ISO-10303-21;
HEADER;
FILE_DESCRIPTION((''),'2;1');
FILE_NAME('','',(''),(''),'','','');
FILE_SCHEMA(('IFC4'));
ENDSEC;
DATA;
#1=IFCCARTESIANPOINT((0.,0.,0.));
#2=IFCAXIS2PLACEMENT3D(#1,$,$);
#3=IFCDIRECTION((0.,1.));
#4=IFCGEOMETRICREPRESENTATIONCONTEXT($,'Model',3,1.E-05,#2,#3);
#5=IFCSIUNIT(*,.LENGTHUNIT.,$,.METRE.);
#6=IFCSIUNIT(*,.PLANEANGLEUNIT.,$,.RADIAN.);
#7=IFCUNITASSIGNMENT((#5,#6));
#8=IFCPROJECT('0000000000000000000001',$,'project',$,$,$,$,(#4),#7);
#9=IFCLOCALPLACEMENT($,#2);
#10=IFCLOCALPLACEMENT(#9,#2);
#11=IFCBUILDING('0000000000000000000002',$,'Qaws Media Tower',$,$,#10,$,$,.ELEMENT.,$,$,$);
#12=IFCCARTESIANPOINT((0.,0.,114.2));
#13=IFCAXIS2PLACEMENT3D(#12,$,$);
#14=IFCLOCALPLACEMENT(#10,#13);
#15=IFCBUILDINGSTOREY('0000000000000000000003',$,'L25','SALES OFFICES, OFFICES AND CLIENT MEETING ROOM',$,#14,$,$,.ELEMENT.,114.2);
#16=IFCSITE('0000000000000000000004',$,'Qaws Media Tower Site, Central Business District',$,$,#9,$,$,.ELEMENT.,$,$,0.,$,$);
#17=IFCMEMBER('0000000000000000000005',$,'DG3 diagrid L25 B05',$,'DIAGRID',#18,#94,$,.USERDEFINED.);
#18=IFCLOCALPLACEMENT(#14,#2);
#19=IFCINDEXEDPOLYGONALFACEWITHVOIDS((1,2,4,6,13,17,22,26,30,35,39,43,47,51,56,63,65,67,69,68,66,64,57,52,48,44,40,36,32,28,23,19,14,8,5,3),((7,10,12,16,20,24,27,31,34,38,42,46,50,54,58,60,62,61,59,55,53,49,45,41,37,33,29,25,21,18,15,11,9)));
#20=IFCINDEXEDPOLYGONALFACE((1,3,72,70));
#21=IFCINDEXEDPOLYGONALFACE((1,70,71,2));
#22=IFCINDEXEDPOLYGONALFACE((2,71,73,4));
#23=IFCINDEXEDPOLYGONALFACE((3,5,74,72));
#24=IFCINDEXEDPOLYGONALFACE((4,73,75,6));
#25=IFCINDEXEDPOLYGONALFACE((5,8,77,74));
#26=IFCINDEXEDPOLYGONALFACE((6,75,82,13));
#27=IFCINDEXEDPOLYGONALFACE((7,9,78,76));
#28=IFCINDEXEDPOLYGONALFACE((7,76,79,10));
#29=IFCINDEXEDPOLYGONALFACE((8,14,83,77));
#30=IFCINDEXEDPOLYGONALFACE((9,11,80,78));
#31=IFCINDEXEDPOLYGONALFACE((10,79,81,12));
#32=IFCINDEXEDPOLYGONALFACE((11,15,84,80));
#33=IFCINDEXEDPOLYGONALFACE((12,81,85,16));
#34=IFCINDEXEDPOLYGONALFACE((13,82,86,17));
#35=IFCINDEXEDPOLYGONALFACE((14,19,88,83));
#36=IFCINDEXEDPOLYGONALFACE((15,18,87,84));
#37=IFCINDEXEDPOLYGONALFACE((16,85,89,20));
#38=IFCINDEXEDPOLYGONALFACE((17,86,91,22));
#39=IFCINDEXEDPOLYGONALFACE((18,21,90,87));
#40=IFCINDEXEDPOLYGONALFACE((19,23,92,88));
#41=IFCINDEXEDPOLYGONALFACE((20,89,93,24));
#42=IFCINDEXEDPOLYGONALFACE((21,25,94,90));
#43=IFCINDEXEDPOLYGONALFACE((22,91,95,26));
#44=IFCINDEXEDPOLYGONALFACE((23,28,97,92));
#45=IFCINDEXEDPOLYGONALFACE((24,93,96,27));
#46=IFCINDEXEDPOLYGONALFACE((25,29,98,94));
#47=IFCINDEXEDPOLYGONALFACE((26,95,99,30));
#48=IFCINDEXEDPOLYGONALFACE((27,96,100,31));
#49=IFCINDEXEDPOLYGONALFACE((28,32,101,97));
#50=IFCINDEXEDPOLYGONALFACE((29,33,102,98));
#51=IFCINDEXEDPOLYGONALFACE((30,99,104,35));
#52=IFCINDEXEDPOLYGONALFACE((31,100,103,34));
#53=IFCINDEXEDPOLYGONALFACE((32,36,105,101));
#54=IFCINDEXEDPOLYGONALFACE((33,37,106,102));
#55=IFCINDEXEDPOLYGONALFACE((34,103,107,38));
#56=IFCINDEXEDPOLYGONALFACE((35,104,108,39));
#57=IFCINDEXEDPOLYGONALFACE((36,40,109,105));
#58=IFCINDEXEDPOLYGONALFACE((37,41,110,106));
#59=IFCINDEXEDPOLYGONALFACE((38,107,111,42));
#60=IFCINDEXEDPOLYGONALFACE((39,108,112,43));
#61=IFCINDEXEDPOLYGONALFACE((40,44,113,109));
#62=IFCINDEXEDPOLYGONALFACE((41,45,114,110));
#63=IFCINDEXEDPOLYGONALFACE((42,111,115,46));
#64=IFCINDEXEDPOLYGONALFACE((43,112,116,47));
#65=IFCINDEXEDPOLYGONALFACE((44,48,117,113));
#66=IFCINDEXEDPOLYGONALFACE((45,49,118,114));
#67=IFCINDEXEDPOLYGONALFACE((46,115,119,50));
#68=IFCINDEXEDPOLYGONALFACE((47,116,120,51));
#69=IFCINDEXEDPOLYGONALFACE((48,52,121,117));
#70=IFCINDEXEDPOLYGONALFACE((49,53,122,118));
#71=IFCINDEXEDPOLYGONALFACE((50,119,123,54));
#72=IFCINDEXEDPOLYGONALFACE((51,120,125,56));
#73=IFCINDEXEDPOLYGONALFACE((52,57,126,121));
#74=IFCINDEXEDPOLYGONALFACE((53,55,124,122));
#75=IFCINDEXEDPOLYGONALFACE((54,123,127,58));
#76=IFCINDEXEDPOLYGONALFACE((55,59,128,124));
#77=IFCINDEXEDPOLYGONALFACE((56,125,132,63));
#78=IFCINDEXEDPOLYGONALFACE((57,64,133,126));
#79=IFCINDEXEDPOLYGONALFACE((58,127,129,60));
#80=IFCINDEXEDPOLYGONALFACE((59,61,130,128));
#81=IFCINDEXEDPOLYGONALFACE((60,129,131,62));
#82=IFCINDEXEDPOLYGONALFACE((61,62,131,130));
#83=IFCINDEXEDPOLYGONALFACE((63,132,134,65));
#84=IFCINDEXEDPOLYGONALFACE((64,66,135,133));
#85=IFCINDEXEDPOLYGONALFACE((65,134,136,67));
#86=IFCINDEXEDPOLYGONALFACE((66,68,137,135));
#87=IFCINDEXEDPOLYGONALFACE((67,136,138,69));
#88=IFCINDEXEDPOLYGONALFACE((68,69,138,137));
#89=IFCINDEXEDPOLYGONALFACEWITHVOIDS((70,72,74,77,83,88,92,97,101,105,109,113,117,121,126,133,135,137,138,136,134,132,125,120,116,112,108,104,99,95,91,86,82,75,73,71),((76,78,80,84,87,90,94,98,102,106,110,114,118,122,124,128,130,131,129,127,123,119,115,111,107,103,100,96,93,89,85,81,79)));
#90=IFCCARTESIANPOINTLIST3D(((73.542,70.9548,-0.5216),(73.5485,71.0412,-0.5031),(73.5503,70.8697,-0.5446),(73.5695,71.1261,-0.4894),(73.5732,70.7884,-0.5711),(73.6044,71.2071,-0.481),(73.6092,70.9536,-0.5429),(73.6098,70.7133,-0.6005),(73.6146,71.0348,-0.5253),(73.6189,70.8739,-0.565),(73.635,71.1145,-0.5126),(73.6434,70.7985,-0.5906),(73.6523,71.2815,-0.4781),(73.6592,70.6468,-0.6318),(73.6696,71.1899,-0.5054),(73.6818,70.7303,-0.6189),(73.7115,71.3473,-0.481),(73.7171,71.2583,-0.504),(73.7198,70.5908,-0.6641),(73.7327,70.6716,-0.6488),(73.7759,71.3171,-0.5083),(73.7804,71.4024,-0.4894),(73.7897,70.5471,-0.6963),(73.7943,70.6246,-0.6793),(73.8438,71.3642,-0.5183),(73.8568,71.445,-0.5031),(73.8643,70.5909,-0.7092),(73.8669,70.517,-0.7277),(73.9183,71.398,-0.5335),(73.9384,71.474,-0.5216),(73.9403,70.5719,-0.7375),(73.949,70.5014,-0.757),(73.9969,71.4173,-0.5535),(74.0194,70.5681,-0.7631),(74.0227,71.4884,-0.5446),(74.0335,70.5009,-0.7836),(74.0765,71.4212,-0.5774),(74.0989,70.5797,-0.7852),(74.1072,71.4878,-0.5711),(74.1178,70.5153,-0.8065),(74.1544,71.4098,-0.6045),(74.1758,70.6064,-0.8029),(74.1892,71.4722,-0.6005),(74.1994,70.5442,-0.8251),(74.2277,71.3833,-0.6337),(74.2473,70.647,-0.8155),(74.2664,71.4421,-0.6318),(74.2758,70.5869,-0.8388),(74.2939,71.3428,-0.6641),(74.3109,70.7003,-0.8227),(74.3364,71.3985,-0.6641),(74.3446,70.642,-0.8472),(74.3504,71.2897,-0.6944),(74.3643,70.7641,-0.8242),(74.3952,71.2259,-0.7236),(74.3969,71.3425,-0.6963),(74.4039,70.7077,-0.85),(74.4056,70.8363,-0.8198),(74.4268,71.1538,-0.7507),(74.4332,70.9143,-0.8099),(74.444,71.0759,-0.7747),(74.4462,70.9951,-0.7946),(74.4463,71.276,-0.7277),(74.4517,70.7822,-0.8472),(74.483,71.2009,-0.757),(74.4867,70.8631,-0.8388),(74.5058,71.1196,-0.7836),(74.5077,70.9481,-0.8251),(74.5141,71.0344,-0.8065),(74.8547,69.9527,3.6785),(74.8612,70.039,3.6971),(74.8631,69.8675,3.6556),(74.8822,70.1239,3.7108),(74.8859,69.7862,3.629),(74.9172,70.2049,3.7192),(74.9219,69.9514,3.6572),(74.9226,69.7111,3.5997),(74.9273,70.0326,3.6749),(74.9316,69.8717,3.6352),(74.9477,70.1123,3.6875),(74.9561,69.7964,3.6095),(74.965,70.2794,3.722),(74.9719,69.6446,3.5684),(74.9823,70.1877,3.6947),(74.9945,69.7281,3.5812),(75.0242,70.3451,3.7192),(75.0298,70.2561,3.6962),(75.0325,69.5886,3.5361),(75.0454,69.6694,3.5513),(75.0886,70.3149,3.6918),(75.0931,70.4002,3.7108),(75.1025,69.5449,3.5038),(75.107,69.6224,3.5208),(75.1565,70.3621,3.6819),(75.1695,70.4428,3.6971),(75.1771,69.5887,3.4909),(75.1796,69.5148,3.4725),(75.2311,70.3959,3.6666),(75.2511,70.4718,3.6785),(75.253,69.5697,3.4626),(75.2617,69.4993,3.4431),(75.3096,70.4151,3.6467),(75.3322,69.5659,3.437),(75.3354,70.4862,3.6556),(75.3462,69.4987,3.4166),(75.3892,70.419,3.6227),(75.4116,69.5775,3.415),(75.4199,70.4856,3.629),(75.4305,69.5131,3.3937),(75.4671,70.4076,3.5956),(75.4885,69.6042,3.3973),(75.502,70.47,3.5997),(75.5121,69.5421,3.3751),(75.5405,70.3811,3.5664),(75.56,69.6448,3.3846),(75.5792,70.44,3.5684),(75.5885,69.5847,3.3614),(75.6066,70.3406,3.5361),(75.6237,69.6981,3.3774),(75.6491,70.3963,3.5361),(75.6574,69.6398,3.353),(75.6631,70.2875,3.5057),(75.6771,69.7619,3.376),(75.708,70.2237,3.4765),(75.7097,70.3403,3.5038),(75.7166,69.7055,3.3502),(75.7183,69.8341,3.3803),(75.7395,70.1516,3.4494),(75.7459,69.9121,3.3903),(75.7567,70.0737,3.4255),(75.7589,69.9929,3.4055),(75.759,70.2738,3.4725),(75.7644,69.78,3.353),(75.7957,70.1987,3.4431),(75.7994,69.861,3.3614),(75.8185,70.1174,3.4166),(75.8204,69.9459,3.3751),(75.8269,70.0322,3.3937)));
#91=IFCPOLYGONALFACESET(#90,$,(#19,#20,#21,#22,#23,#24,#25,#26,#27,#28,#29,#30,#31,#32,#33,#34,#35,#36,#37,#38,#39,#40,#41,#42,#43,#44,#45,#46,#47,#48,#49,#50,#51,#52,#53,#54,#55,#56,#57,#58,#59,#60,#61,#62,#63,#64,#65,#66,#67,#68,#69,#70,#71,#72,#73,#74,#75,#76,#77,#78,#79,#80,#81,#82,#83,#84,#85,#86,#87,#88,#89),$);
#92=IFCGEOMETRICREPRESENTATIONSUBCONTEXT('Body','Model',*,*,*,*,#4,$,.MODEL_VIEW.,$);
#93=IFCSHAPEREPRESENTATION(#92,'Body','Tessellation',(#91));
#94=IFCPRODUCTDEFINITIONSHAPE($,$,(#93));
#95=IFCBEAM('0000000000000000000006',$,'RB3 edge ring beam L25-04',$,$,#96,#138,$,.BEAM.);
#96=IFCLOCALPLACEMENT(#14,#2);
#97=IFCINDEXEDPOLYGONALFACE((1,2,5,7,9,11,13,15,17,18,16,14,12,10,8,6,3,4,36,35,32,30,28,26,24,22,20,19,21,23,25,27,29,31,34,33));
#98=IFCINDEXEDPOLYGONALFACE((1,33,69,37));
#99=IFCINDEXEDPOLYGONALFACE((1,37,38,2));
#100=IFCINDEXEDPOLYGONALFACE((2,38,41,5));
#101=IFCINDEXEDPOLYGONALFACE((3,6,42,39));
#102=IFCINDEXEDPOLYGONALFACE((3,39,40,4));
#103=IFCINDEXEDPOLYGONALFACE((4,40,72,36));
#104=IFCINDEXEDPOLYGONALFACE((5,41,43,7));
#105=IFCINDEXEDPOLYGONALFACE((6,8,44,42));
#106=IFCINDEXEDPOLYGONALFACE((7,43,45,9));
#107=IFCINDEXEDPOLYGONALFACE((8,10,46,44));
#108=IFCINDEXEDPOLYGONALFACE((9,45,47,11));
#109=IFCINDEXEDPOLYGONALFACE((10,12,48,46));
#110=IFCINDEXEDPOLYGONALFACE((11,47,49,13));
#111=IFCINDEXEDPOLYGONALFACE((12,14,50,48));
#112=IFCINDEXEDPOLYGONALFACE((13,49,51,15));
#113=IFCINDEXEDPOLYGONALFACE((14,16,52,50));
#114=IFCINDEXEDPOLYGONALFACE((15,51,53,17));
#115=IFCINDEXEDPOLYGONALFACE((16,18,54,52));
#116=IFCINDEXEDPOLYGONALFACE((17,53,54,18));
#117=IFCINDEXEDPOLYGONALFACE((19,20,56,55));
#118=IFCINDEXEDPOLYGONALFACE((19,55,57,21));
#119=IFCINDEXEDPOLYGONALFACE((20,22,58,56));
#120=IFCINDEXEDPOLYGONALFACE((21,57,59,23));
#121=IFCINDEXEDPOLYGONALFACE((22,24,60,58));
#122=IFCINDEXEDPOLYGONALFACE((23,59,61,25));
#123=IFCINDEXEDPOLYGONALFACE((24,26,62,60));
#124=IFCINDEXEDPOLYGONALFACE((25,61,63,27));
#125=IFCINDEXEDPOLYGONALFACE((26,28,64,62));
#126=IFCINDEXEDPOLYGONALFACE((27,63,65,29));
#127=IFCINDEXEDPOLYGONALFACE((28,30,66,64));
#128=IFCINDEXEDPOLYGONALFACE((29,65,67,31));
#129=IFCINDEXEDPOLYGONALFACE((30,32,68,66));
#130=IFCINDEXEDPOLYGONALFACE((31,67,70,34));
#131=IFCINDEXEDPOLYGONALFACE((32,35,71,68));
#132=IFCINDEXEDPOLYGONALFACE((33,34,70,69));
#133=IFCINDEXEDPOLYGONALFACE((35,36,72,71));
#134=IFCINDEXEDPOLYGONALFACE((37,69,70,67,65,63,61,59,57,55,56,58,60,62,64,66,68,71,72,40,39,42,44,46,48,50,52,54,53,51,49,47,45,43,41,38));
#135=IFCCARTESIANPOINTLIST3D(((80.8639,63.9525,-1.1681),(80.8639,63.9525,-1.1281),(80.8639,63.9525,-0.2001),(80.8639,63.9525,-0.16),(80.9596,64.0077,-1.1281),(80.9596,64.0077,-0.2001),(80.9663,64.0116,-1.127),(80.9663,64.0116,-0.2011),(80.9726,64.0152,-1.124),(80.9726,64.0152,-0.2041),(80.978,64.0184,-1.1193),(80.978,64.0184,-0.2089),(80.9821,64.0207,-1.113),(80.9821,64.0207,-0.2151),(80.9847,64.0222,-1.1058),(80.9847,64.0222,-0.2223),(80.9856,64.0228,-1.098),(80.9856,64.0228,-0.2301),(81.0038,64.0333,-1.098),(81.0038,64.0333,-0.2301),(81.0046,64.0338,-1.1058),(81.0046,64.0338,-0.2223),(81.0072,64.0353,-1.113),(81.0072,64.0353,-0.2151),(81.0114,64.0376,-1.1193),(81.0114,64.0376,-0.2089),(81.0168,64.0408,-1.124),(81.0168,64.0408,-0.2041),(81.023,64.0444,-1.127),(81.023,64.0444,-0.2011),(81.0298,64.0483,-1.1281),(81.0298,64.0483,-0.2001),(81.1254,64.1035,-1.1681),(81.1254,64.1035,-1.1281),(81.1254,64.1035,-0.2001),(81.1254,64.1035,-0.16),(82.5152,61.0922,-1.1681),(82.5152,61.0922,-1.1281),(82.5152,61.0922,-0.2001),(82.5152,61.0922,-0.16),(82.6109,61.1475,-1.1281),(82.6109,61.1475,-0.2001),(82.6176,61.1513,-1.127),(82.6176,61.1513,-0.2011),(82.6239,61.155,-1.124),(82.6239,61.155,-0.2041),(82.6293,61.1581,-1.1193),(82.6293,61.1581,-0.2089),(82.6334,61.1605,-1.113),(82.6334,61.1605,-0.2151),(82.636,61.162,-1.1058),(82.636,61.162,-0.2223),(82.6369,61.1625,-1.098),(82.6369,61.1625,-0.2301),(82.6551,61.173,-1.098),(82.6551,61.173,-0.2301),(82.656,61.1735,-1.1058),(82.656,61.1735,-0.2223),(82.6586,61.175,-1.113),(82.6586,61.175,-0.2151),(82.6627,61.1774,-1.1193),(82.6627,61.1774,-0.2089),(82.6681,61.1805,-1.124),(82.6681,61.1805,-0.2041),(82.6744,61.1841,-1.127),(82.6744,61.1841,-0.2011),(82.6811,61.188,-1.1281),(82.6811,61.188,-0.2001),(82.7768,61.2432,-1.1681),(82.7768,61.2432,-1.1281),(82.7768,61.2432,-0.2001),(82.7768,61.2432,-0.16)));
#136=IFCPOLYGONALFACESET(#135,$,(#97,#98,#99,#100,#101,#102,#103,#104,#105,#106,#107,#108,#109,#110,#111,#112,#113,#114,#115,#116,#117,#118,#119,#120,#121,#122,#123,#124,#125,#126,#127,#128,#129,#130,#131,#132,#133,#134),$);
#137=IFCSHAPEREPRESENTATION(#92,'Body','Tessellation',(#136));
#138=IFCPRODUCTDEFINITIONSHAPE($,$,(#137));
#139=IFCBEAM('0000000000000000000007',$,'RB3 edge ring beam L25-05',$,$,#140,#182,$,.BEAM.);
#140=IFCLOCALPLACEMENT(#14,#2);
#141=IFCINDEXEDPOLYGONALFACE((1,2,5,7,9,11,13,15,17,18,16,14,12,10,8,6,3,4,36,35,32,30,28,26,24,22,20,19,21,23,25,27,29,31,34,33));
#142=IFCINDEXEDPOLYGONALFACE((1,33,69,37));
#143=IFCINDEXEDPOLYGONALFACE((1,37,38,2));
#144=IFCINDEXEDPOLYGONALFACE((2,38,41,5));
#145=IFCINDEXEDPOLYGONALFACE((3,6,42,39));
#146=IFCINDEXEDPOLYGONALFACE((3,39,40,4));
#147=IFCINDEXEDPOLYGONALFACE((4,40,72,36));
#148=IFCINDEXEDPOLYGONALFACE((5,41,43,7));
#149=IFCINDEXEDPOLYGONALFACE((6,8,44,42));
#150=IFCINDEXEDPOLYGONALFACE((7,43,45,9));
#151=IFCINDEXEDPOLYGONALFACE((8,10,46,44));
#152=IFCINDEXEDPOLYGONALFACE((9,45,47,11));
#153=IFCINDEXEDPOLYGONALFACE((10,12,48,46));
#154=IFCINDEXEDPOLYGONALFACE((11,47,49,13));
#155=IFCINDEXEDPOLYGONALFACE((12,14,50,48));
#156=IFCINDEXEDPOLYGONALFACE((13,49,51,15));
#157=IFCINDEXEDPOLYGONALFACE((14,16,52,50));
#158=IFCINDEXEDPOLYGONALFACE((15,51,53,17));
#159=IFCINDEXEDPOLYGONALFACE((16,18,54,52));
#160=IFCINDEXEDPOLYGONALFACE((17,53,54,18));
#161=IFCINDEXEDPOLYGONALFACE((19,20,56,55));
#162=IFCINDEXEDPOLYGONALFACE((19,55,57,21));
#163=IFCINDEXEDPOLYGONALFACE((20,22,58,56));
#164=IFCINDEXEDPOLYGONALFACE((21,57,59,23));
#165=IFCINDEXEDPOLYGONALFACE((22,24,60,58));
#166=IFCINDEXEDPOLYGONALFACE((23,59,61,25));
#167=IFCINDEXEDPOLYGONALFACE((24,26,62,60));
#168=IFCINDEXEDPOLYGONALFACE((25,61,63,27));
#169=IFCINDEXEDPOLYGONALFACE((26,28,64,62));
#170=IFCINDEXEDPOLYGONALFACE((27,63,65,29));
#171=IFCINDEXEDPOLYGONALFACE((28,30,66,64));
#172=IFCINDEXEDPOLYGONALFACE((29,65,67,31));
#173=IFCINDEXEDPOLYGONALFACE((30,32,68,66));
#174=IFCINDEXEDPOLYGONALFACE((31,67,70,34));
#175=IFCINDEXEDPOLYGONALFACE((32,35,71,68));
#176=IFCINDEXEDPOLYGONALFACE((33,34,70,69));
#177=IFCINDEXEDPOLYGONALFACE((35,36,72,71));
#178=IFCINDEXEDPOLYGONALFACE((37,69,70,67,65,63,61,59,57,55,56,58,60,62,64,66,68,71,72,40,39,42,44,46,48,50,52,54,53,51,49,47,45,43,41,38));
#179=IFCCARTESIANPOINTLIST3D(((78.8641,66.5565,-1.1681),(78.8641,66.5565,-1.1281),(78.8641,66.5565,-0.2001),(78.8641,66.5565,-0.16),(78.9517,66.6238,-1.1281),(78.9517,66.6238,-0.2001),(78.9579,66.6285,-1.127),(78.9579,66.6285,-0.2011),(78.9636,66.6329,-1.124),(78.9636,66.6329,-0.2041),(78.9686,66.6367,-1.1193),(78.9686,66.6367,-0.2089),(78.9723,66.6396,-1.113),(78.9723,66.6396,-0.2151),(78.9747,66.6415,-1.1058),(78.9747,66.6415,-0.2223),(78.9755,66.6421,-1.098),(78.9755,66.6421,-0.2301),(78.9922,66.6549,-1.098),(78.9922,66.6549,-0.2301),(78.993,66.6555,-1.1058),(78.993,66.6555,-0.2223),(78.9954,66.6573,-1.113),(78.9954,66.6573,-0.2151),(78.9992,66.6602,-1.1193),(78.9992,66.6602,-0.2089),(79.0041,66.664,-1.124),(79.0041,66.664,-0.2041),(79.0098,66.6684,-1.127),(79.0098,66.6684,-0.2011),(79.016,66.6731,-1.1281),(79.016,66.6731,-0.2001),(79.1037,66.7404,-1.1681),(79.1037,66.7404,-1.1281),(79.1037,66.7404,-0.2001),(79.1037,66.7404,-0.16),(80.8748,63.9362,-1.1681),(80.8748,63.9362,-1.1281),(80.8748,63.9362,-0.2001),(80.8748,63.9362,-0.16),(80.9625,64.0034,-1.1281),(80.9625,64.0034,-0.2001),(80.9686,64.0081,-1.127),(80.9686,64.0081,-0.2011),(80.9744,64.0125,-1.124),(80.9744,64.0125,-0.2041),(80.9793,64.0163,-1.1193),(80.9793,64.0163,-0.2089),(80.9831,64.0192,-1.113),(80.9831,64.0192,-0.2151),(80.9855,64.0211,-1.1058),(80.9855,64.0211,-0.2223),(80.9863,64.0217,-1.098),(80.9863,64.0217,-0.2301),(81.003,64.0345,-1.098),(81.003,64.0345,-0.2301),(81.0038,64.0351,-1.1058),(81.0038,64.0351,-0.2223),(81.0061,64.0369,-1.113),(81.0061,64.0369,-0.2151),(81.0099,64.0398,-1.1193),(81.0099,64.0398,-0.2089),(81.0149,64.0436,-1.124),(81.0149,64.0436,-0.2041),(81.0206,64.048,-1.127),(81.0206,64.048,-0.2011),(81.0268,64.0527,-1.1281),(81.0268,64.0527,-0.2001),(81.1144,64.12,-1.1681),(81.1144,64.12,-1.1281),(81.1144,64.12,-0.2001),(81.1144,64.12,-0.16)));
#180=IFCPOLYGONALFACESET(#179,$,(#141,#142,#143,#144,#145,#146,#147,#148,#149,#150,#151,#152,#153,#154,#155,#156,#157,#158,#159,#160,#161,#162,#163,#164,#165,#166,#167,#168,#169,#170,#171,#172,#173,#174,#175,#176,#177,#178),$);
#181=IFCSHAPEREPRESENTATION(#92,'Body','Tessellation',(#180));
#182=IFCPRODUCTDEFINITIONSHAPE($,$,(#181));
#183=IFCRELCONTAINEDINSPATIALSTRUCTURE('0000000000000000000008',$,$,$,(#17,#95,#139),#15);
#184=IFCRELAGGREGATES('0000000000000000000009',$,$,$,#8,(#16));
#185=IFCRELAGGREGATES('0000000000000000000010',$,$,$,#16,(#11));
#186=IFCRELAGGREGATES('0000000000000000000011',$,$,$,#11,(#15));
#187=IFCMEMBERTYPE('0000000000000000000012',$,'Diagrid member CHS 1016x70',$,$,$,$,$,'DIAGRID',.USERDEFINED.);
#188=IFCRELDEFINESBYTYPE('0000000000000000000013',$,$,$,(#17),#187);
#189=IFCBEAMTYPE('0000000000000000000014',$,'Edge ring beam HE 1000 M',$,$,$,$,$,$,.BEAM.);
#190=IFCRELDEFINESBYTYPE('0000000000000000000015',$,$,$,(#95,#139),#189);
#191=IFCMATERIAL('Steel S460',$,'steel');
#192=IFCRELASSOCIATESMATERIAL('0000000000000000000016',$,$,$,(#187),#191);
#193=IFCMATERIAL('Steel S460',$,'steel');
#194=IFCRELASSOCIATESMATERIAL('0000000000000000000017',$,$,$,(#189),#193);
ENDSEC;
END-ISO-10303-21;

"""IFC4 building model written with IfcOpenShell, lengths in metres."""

from ifc_helpers import new_model, si_unit, direction, frame, origin, origin_2d, place, context, subcontext, project, spatial, hollow_circle, i_section, extrude, material, material_profile, profile_set, type_object, element, save


model = new_model("IFC4")

# Units and contexts
model_context = context("Model", 3, precision=1e-05, world=origin(), true_north=direction((0.0, 1.0)))
body_context = subcontext(model_context, "Body", "Model", "MODEL_VIEW")
ifc_project = project(units=[si_unit("LENGTHUNIT", "METRE"), si_unit("PLANEANGLEUNIT", "RADIAN")], contexts=[model_context])

# Site, building, storey
site_placement = place(None, origin())
site = spatial("IfcSite", under=ifc_project, at=site_placement, Name="Qaws Media Tower Site, Central Business District", CompositionType="ELEMENT", RefElevation=0.0)
building_placement = place(site_placement, origin())
building = spatial("IfcBuilding", under=site, at=building_placement, Name="Qaws Media Tower", CompositionType="ELEMENT")
storey_placement = place(building_placement, frame((0.0, 0.0, 114.2)))
storey = spatial("IfcBuildingStorey", under=building, at=storey_placement, Name="L25", Description="SALES OFFICES, OFFICES AND CLIENT MEETING ROOM", CompositionType="ELEMENT", Elevation=114.2)

# Member
ifc_material_1 = material(Name="Steel S460", Category="steel")
ifc_material_profile_1 = material_profile(ifc_material_1, hollow_circle(Radius=0.5081, WallThickness=0.0701, at=origin_2d()), Name="CHS 1016x70")
ifc_profile_set_1 = profile_set([ifc_material_profile_1], Name="Steel S460")
member_type_1 = type_object("IfcMemberType", Name="Diagrid member CHS 1016x70", ElementType="DIAGRID", PredefinedType="USERDEFINED", material=ifc_profile_set_1)
for number, where, z_axis, x_axis, name in (
    (1, (74.0281, 70.9946, -0.6641), (0.290865, -0.222057, 0.930639), (0.606813, 0.794844, 0.0), "DG3 diagrid L25 B05"),
):
    element("IfcMember", number, at=place(storey_placement, frame(where, z_axis=z_axis, x_axis=x_axis)), inside=storey, type_object=member_type_1, Name=name, ObjectType="DIAGRID", PredefinedType="USERDEFINED", context=body_context, shape_type="SweptSolid", body=[
        extrude(hollow_circle(Radius=0.5081, WallThickness=0.0701, at=origin_2d()), origin(), (0.0, 0.0, 1.0), 4.5132),
    ])

# Beams
ifc_material_2 = material(Name="Steel S460", Category="steel")
ifc_material_profile_2 = material_profile(ifc_material_2, i_section(OverallWidth=0.302, OverallDepth=1.0081, WebThickness=0.021, FlangeThickness=0.04, FilletRadius=0.03, at=origin_2d()), Name="HE 1000 M")
ifc_profile_set_2 = profile_set([ifc_material_profile_2], Name="Steel S460")
beam_type = type_object("IfcBeamType", Name="Edge ring beam HE 1000 M", PredefinedType="BEAM", material=ifc_profile_set_2)
beam_1_placement = place(storey_placement, frame((82.646, 61.1677, -0.6641), z_axis=(-0.499987, 0.866033, 0.0), x_axis=(-0.866033, -0.499987, 0.0)))
element("IfcBeam", 2, at=beam_1_placement, inside=storey, type_object=beam_type, Name="RB3 edge ring beam L25-04", PredefinedType="BEAM", context=body_context, shape_type="SweptSolid", body=[
    extrude(i_section(OverallWidth=0.302, OverallDepth=1.0081, WebThickness=0.021, FlangeThickness=0.04, FilletRadius=0.03, at=origin_2d()), origin(), (0.0, 0.0, 1.0), 3.3027),
])
beam_2_placement = place(storey_placement, frame((80.9946, 64.0281, -0.6641), z_axis=(-0.608774, 0.793343, 0.0), x_axis=(-0.793343, -0.608774, 0.0)))
element("IfcBeam", 3, at=beam_2_placement, inside=storey, type_object=beam_type, Name="RB3 edge ring beam L25-05", PredefinedType="BEAM", context=body_context, shape_type="SweptSolid", body=[
    extrude(i_section(OverallWidth=0.302, OverallDepth=1.0081, WebThickness=0.021, FlangeThickness=0.04, FilletRadius=0.03, at=origin_2d()), origin(), (0.0, 0.0, 1.0), 3.303),
])

save(model, "model.ifc")
